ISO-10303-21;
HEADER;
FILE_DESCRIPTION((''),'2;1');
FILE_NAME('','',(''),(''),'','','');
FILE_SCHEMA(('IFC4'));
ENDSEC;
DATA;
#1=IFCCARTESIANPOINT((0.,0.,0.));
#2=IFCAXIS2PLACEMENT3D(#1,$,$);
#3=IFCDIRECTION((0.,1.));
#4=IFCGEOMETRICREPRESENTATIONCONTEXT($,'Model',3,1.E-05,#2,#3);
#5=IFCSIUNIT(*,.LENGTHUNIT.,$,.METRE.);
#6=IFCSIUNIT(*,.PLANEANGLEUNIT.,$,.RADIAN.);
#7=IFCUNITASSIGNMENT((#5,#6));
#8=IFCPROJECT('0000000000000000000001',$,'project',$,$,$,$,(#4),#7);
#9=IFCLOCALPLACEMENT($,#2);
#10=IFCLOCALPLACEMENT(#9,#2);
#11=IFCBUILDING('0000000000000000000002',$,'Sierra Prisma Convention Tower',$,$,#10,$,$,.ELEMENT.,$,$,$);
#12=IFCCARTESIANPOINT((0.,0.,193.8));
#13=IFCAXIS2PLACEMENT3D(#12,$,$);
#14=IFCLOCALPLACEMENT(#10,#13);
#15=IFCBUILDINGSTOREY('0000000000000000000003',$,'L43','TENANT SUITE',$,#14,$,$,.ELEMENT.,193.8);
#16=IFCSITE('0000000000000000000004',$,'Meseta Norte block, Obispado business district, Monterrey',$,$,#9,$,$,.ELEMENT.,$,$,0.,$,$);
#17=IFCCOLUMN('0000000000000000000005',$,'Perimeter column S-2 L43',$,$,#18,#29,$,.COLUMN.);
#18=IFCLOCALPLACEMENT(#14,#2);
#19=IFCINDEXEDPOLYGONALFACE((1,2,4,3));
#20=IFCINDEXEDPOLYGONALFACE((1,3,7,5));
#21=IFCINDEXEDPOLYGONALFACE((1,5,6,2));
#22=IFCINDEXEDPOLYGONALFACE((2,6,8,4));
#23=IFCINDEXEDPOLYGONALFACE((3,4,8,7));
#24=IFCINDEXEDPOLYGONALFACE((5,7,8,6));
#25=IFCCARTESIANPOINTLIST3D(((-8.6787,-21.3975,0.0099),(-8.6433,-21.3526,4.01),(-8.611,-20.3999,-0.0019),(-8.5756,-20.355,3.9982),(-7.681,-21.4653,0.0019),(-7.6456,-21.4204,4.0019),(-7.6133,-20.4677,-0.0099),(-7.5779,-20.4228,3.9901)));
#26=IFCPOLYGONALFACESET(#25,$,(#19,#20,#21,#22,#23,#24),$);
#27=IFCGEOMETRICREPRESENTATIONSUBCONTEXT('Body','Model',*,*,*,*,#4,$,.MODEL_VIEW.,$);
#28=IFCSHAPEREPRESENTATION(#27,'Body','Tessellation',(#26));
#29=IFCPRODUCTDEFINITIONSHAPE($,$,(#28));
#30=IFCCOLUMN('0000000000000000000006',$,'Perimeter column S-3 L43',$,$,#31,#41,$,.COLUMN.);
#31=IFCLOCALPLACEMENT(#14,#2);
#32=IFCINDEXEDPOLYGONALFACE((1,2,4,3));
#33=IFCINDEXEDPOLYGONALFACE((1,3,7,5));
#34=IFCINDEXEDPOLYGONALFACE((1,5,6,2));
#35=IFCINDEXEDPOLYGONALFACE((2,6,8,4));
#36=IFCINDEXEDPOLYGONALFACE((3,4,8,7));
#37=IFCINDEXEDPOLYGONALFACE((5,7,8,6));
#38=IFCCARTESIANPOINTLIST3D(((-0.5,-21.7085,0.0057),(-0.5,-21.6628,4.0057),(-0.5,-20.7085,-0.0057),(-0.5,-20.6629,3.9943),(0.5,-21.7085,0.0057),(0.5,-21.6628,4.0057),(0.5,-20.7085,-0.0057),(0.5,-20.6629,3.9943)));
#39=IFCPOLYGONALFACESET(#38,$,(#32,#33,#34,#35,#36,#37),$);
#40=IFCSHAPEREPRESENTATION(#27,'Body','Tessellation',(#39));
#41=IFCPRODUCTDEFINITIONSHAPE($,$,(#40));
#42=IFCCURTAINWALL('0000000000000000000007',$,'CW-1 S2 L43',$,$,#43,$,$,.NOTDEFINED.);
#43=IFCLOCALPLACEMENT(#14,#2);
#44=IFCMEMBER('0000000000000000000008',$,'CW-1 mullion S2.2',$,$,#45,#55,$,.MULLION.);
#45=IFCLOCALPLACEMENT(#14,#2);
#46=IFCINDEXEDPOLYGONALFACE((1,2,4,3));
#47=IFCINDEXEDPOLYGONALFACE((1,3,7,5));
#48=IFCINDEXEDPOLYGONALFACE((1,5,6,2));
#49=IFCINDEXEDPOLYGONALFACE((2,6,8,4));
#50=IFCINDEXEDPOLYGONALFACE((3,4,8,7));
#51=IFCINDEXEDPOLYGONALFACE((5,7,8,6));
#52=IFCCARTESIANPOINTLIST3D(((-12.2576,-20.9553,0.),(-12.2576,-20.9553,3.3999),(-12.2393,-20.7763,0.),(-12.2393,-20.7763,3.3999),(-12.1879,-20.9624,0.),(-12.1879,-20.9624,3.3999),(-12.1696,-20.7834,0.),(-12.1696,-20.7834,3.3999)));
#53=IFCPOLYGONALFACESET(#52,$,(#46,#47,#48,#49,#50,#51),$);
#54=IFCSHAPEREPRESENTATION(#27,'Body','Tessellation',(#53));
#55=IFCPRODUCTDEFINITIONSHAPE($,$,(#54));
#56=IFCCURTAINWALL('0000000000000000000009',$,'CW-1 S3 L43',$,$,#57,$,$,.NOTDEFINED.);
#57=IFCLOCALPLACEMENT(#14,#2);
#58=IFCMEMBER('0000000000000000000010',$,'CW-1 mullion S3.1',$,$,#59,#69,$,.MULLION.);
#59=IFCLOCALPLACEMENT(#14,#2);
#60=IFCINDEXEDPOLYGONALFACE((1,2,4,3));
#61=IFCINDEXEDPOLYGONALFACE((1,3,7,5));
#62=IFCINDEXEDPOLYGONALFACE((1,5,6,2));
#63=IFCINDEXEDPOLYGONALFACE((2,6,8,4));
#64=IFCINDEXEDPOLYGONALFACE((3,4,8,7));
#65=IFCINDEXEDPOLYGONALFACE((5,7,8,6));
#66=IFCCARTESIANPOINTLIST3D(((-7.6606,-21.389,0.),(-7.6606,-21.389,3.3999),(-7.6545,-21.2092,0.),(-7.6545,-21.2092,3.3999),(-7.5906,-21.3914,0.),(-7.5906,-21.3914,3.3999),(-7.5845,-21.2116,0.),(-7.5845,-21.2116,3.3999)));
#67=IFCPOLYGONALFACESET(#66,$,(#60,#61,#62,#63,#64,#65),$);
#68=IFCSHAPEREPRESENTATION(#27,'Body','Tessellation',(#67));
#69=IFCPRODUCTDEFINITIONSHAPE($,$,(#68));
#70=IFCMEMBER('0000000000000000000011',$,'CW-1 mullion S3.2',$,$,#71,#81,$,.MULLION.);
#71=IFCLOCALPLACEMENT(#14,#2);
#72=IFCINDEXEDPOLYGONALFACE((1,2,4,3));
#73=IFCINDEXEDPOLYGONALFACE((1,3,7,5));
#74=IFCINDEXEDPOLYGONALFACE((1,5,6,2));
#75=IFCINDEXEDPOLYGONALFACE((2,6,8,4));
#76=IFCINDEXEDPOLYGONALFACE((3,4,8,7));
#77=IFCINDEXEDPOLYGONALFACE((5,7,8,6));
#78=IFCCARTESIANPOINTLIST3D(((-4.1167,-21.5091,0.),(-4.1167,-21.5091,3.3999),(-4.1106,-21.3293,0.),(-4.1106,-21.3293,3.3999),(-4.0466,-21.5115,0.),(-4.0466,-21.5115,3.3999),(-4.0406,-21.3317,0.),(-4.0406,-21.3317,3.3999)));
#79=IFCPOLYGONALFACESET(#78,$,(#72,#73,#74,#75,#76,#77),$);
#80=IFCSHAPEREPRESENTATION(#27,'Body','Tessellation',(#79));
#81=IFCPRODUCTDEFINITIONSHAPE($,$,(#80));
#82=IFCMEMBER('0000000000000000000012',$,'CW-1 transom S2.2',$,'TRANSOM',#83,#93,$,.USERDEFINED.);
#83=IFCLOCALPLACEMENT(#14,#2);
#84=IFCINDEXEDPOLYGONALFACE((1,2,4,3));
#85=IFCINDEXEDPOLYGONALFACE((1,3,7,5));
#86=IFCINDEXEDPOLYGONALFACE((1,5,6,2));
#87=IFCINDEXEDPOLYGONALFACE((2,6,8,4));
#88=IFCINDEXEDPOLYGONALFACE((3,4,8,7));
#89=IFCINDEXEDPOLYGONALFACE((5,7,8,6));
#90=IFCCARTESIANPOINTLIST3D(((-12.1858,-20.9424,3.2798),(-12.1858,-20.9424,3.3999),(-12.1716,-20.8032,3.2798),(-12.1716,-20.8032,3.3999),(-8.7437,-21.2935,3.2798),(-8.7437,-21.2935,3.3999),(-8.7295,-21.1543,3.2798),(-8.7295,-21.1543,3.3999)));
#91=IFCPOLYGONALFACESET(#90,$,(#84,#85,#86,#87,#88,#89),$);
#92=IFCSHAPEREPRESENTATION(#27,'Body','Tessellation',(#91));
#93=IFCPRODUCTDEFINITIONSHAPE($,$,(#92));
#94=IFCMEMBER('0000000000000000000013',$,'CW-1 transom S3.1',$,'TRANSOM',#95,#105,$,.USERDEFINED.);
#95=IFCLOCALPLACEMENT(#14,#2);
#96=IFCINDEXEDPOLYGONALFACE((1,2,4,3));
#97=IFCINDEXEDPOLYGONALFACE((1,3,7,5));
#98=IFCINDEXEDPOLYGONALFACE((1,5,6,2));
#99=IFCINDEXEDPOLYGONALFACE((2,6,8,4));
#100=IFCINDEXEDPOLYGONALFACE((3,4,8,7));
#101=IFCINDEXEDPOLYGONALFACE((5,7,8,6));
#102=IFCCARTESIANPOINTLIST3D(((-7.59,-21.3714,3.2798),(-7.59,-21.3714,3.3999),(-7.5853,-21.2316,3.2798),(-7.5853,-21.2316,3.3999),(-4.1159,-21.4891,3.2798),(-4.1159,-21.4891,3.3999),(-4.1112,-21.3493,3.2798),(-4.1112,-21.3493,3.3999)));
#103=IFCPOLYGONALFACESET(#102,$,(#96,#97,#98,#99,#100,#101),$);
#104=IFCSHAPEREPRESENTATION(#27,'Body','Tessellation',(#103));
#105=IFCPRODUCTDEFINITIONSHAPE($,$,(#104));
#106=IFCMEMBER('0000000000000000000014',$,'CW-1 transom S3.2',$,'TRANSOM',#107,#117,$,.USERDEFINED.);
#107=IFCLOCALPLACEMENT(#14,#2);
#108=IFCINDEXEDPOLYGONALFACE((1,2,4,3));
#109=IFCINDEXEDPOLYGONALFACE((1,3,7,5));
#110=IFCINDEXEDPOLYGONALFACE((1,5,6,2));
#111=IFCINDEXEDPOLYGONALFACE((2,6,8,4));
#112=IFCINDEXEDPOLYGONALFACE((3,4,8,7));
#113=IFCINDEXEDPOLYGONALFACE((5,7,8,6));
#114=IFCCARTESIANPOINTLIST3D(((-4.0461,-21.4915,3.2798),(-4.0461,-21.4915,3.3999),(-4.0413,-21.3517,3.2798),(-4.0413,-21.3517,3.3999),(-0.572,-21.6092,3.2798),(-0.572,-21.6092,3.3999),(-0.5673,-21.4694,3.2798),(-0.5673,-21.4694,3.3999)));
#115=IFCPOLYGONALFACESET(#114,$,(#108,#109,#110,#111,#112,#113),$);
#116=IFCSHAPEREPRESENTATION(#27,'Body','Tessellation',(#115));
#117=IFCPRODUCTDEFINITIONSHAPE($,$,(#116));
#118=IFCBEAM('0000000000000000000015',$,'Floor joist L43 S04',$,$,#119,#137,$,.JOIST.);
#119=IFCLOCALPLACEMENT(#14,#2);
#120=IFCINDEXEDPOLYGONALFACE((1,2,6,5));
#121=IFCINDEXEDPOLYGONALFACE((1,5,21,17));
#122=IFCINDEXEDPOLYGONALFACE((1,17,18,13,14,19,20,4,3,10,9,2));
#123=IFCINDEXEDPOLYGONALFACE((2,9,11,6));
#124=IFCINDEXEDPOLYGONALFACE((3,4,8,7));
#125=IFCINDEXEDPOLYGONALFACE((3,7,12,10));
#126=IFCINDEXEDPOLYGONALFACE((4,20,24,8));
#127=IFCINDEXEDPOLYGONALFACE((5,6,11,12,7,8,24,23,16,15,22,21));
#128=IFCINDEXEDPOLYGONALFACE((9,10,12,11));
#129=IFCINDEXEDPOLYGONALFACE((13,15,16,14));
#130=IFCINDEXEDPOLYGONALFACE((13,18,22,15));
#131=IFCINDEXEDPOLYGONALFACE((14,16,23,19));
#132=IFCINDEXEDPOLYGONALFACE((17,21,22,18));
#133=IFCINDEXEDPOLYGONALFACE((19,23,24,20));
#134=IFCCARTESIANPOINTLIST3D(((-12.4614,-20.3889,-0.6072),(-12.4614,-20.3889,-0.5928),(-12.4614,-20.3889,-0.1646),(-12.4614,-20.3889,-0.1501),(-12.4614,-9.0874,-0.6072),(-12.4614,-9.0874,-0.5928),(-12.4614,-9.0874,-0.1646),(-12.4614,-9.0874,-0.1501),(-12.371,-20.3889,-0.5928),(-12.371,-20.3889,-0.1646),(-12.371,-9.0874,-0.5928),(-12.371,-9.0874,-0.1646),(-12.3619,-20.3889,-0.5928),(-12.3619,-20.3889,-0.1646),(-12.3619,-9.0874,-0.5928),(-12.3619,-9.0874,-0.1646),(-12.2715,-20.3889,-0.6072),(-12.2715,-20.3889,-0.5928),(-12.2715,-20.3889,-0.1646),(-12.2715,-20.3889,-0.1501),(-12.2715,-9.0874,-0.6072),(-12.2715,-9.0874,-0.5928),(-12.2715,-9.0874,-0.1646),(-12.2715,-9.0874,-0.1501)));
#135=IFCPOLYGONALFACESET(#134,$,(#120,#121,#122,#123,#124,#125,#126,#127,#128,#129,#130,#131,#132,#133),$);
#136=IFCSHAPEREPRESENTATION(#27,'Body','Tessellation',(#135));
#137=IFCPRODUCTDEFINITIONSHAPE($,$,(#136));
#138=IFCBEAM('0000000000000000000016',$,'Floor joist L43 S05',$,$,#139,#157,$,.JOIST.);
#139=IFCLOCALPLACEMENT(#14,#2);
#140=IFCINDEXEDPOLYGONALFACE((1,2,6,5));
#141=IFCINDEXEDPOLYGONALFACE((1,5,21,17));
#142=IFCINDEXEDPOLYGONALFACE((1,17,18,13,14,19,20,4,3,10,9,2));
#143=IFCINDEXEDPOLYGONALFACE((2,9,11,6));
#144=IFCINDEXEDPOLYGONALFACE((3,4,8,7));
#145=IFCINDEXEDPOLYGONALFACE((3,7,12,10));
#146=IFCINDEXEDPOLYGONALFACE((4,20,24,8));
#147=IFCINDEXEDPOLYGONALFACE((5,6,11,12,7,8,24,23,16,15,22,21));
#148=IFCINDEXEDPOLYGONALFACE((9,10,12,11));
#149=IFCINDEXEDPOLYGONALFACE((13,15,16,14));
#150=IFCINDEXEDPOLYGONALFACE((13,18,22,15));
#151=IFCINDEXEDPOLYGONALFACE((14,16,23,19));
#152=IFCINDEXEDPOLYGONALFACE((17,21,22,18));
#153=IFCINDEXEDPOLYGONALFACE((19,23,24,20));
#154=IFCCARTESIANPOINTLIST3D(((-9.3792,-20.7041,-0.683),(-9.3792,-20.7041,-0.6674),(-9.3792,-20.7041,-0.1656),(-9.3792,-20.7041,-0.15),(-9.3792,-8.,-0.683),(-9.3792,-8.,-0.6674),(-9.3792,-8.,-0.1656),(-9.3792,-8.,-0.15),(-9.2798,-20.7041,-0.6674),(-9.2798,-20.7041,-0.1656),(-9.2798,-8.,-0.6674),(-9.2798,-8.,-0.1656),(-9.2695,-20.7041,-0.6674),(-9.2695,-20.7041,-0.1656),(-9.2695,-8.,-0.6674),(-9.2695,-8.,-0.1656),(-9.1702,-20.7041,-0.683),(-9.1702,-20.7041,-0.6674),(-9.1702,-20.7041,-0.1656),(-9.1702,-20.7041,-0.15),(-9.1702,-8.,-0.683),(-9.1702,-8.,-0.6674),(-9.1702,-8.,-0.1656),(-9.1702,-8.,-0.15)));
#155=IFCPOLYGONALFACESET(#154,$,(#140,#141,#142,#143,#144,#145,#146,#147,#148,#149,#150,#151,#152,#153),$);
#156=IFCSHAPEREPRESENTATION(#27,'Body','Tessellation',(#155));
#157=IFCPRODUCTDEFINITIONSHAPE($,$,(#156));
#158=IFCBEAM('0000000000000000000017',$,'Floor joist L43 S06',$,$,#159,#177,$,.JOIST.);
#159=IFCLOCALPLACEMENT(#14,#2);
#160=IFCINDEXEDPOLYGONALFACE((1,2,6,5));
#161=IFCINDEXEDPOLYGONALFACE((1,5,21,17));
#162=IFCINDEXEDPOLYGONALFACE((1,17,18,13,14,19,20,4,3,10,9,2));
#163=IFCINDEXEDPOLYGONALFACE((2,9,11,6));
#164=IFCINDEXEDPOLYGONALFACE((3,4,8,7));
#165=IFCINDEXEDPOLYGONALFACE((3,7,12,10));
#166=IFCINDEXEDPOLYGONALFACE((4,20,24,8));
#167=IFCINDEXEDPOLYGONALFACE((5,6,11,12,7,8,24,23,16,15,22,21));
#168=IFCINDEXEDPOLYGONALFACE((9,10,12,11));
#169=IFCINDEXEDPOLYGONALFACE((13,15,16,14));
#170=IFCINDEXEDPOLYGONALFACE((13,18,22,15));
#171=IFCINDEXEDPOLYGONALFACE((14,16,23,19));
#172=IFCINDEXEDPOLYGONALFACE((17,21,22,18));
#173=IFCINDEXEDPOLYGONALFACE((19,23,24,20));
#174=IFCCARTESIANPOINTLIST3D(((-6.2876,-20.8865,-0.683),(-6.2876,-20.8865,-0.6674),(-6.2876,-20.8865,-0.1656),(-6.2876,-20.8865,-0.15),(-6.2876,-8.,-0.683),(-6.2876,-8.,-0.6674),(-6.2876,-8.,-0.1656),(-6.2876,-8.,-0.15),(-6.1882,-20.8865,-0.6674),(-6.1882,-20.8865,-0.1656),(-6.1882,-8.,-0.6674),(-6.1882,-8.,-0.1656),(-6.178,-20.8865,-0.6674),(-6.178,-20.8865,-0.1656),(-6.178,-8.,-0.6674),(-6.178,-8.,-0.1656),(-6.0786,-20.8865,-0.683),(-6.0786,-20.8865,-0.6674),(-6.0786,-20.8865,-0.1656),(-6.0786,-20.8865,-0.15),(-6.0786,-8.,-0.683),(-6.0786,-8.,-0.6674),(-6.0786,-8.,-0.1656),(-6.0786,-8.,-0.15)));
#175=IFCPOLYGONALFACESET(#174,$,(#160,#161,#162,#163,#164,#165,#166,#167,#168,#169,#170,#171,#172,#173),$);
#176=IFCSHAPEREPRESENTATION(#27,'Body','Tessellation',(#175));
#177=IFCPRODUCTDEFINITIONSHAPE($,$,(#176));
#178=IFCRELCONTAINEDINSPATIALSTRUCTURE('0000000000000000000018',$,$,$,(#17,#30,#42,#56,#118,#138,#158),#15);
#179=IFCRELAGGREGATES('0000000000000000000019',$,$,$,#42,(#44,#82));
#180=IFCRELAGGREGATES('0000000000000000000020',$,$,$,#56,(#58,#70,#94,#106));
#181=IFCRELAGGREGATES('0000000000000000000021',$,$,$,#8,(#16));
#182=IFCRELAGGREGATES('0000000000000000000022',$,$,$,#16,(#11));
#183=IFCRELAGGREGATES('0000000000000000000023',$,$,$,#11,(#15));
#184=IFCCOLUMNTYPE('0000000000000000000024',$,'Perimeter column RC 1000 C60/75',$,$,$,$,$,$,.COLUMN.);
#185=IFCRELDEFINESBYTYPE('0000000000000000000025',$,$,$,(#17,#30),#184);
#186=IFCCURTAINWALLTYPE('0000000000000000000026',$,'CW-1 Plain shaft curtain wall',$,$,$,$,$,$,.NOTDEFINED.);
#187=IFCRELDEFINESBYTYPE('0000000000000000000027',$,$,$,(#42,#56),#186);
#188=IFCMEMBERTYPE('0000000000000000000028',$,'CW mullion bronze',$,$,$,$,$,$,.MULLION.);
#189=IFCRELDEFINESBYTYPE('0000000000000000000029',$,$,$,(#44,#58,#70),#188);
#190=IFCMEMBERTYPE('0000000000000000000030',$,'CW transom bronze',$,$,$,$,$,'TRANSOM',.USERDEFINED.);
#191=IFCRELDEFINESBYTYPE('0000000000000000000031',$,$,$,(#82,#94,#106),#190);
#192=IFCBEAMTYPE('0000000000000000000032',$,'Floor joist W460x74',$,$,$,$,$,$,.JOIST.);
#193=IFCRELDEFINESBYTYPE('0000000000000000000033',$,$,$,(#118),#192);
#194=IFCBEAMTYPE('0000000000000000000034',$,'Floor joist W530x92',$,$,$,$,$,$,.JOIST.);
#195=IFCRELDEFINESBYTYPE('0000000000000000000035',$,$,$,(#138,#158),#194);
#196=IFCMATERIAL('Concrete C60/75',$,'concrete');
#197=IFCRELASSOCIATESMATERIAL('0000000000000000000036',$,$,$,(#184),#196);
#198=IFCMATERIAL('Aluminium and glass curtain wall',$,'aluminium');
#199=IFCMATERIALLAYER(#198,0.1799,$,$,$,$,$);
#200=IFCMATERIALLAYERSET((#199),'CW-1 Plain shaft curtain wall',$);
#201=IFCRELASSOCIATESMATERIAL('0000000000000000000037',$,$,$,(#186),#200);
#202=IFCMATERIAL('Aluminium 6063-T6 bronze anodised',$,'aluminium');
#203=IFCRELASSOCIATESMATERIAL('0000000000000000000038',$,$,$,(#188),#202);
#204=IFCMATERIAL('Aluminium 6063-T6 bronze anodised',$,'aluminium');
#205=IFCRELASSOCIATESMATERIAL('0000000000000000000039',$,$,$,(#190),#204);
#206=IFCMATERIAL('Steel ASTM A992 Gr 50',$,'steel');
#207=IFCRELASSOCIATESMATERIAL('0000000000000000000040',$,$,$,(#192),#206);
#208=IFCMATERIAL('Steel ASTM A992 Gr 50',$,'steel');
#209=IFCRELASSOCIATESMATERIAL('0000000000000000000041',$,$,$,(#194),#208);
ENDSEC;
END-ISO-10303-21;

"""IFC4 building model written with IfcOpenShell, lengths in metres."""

from ifc_helpers import new_model, si_unit, direction, frame, origin, origin_2d, place, context, subcontext, project, spatial, rectangle, i_section, extrude, material, layer, layer_set, material_profile, profile_set, type_object, element, aggregate, save


model = new_model("IFC4")

# Units and contexts
model_context = context("Model", 3, precision=1e-05, world=origin(), true_north=direction((0.0, 1.0)))
body_context = subcontext(model_context, "Body", "Model", "MODEL_VIEW")
ifc_project = project(units=[si_unit("LENGTHUNIT", "METRE"), si_unit("PLANEANGLEUNIT", "RADIAN")], contexts=[model_context])

# Site, building, storey
site_placement = place(None, origin())
site = spatial("IfcSite", under=ifc_project, at=site_placement, Name="Meseta Norte block, Obispado business district, Monterrey", CompositionType="ELEMENT", RefElevation=0.0)
building_placement = place(site_placement, origin())
building = spatial("IfcBuilding", under=site, at=building_placement, Name="Sierra Prisma Convention Tower", CompositionType="ELEMENT")
storey_placement = place(building_placement, frame((0.0, 0.0, 193.8)))
storey = spatial("IfcBuildingStorey", under=building, at=storey_placement, Name="L43", Description="TENANT SUITE", CompositionType="ELEMENT", Elevation=193.8)

# Columns
ifc_material_1 = material(Name="Concrete C60/75", Category="concrete")
ifc_material_profile_1 = material_profile(ifc_material_1, rectangle(XDim=1.0, YDim=1.0, at=origin_2d()), Name="Perimeter column RC 1000 C60/75")
ifc_profile_set_1 = profile_set([ifc_material_profile_1], Name="Concrete C60/75")
column_type = type_object("IfcColumnType", Name="Perimeter column RC 1000 C60/75", PredefinedType="COLUMN", material=ifc_profile_set_1)
column_1_placement = place(storey_placement, frame((-8.146, -20.9326, 0.0), z_axis=(0.008849, 0.011229, 0.999898), x_axis=(-0.997667, 0.067792, 0.008068)))
element("IfcColumn", 1, at=column_1_placement, inside=storey, type_object=column_type, Name="Perimeter column S-2 L43", PredefinedType="COLUMN", context=body_context, shape_type="SweptSolid", body=[
    extrude(rectangle(XDim=1.0, YDim=1.0, at=origin_2d()), origin(), (0.0, 0.0, 1.0), 4.0005),
])
column_2_placement = place(storey_placement, frame((0.0, -21.2085, 0.0), z_axis=(0.0, 0.011413, 0.999935), x_axis=(1.0, 0.0, 0.0)))
element("IfcColumn", 2, at=column_2_placement, inside=storey, type_object=column_type, Name="Perimeter column S-3 L43", PredefinedType="COLUMN", context=body_context, shape_type="SweptSolid", body=[
    extrude(rectangle(XDim=1.0, YDim=1.0, at=origin_2d()), origin(), (0.0, 0.0, 1.0), 4.0002),
])

# Curtain wall, member
ifc_material_2 = material(Name="Aluminium and glass curtain wall", Category="aluminium")
ifc_layer_1 = layer(ifc_material_2, 0.1799)
ifc_layer_set_1 = layer_set([ifc_layer_1], Name="CW-1 Plain shaft curtain wall")
curtain_wall_type = type_object("IfcCurtainWallType", Name="CW-1 Plain shaft curtain wall", PredefinedType="NOTDEFINED", material=ifc_layer_set_1)
curtain_wall_1_placement = place(storey_placement, origin())
curtain_wall_1 = element("IfcCurtainWall", 3, at=curtain_wall_1_placement, inside=storey, type_object=curtain_wall_type, Name="CW-1 S2 L43", PredefinedType="NOTDEFINED")
ifc_material_3 = material(Name="Aluminium 6063-T6 bronze anodised", Category="aluminium")
ifc_material_profile_2 = material_profile(ifc_material_3, rectangle(XDim=0.1799, YDim=0.0701, at=origin_2d()), Name="ALU MULLION 70x180")
ifc_profile_set_2 = profile_set([ifc_material_profile_2], Name="Aluminium 6063-T6 bronze anodised")
member_type_1 = type_object("IfcMemberType", Name="CW mullion bronze", PredefinedType="MULLION", material=ifc_profile_set_2)
member_1_placement = place(storey_placement, frame((-12.2136, -20.8694, 0.0), z_axis=(0.0, 0.0, 1.0), x_axis=(0.101448, 0.994841, 0.0)))
member_1 = element("IfcMember", 4, at=member_1_placement, type_object=member_type_1, Name="CW-1 mullion S2.2", PredefinedType="MULLION", context=body_context, shape_type="SweptSolid", body=[
    extrude(rectangle(XDim=0.1799, YDim=0.0701, at=origin_2d()), origin(), (0.0, 0.0, 1.0), 3.3999),
])

# Curtain wall, members
curtain_wall_2_placement = place(storey_placement, origin())
curtain_wall_2 = element("IfcCurtainWall", 5, at=curtain_wall_2_placement, inside=storey, type_object=curtain_wall_type, Name="CW-1 S3 L43", PredefinedType="NOTDEFINED")
member_2_placement = place(storey_placement, frame((-7.6226, -21.3003, 0.0), z_axis=(0.0, 0.0, 1.0), x_axis=(0.033868, 0.999426, 0.0)))
member_2 = element("IfcMember", 6, at=member_2_placement, type_object=member_type_1, Name="CW-1 mullion S3.1", PredefinedType="MULLION", context=body_context, shape_type="SweptSolid", body=[
    extrude(rectangle(XDim=0.1799, YDim=0.0701, at=origin_2d()), origin(), (0.0, 0.0, 1.0), 3.3999),
])
member_3_placement = place(storey_placement, frame((-4.0786, -21.4204, 0.0), z_axis=(0.0, 0.0, 1.0), x_axis=(0.033868, 0.999426, 0.0)))
member_3 = element("IfcMember", 7, at=member_3_placement, type_object=member_type_1, Name="CW-1 mullion S3.2", PredefinedType="MULLION", context=body_context, shape_type="SweptSolid", body=[
    extrude(rectangle(XDim=0.1799, YDim=0.0701, at=origin_2d()), origin(), (0.0, 0.0, 1.0), 3.3999),
])

# Members
ifc_material_4 = material(Name="Aluminium 6063-T6 bronze anodised", Category="aluminium")
ifc_material_profile_3 = material_profile(ifc_material_4, rectangle(XDim=0.1399, YDim=0.1201, at=origin_2d()), Name="ALU TRANSOM 120x140")
ifc_profile_set_3 = profile_set([ifc_material_profile_3], Name="Aluminium 6063-T6 bronze anodised")
member_type_2 = type_object("IfcMemberType", Name="CW transom bronze", ElementType="TRANSOM", PredefinedType="USERDEFINED", material=ifc_profile_set_3)
member_4_placement = place(storey_placement, frame((-12.1787, -20.8728, 3.3398), z_axis=(0.994839, -0.101467, 0.0), x_axis=(0.101467, 0.994839, 0.0)))
member_4 = element("IfcMember", 8, at=member_4_placement, type_object=member_type_2, Name="CW-1 transom S2.2", ObjectType="TRANSOM", PredefinedType="USERDEFINED", context=body_context, shape_type="SweptSolid", body=[
    extrude(rectangle(XDim=0.1399, YDim=0.1201, at=origin_2d()), origin(), (0.0, 0.0, 1.0), 3.46),
])
member_5_placement = place(storey_placement, frame((-7.5876, -21.3015, 3.3398), z_axis=(0.999427, -0.033853, 0.0), x_axis=(0.033853, 0.999427, 0.0)))
member_5 = element("IfcMember", 9, at=member_5_placement, type_object=member_type_2, Name="CW-1 transom S3.1", ObjectType="TRANSOM", PredefinedType="USERDEFINED", context=body_context, shape_type="SweptSolid", body=[
    extrude(rectangle(XDim=0.1399, YDim=0.1201, at=origin_2d()), origin(), (0.0, 0.0, 1.0), 3.4761),
])
member_6_placement = place(storey_placement, frame((-4.0437, -21.4216, 3.3398), z_axis=(0.999427, -0.033853, 0.0), x_axis=(0.033853, 0.999427, 0.0)))
member_6 = element("IfcMember", 10, at=member_6_placement, type_object=member_type_2, Name="CW-1 transom S3.2", ObjectType="TRANSOM", PredefinedType="USERDEFINED", context=body_context, shape_type="SweptSolid", body=[
    extrude(rectangle(XDim=0.1399, YDim=0.1201, at=origin_2d()), origin(), (0.0, 0.0, 1.0), 3.4761),
])

# Beams
ifc_material_5 = material(Name="Steel ASTM A992 Gr 50", Category="steel")
ifc_material_profile_4 = material_profile(ifc_material_5, i_section(OverallWidth=0.1899, OverallDepth=0.457, WebThickness=0.009, FlangeThickness=0.0144, at=origin_2d()), Name="W460x74")
ifc_profile_set_4 = profile_set([ifc_material_profile_4], Name="Steel ASTM A992 Gr 50")
beam_type_1 = type_object("IfcBeamType", Name="Floor joist W460x74", PredefinedType="JOIST", material=ifc_profile_set_4)
beam_1_placement = place(storey_placement, frame((-12.3665, -20.3889, -0.3787), z_axis=(0.0, 1.0, 0.0), x_axis=(-1.0, 0.0, 0.0)))
element("IfcBeam", 11, at=beam_1_placement, inside=storey, type_object=beam_type_1, Name="Floor joist L43 S04", PredefinedType="JOIST", context=body_context, shape_type="SweptSolid", body=[
    extrude(i_section(OverallWidth=0.1899, OverallDepth=0.457, WebThickness=0.009, FlangeThickness=0.0144, at=origin_2d()), origin(), (0.0, 0.0, 1.0), 11.3015),
])
ifc_material_6 = material(Name="Steel ASTM A992 Gr 50", Category="steel")
ifc_material_profile_5 = material_profile(ifc_material_6, i_section(OverallWidth=0.209, OverallDepth=0.533, WebThickness=0.0103, FlangeThickness=0.0156, at=origin_2d()), Name="W530x92")
ifc_profile_set_5 = profile_set([ifc_material_profile_5], Name="Steel ASTM A992 Gr 50")
beam_type_2 = type_object("IfcBeamType", Name="Floor joist W530x92", PredefinedType="JOIST", material=ifc_profile_set_5)
beam_2_placement = place(storey_placement, frame((-9.2747, -20.7041, -0.4165), z_axis=(0.0, 1.0, 0.0), x_axis=(-1.0, 0.0, 0.0)))
element("IfcBeam", 12, at=beam_2_placement, inside=storey, type_object=beam_type_2, Name="Floor joist L43 S05", PredefinedType="JOIST", context=body_context, shape_type="SweptSolid", body=[
    extrude(i_section(OverallWidth=0.209, OverallDepth=0.533, WebThickness=0.0103, FlangeThickness=0.0156, at=origin_2d()), origin(), (0.0, 0.0, 1.0), 12.7041),
])
beam_3_placement = place(storey_placement, frame((-6.1831, -20.8865, -0.4165), z_axis=(0.0, 1.0, 0.0), x_axis=(-1.0, 0.0, 0.0)))
element("IfcBeam", 13, at=beam_3_placement, inside=storey, type_object=beam_type_2, Name="Floor joist L43 S06", PredefinedType="JOIST", context=body_context, shape_type="SweptSolid", body=[
    extrude(i_section(OverallWidth=0.209, OverallDepth=0.533, WebThickness=0.0103, FlangeThickness=0.0156, at=origin_2d()), origin(), (0.0, 0.0, 1.0), 12.8865),
])

aggregate(curtain_wall_1, [member_1, member_4])
aggregate(curtain_wall_2, [member_2, member_3, member_5, member_6])

save(model, "model.ifc")
